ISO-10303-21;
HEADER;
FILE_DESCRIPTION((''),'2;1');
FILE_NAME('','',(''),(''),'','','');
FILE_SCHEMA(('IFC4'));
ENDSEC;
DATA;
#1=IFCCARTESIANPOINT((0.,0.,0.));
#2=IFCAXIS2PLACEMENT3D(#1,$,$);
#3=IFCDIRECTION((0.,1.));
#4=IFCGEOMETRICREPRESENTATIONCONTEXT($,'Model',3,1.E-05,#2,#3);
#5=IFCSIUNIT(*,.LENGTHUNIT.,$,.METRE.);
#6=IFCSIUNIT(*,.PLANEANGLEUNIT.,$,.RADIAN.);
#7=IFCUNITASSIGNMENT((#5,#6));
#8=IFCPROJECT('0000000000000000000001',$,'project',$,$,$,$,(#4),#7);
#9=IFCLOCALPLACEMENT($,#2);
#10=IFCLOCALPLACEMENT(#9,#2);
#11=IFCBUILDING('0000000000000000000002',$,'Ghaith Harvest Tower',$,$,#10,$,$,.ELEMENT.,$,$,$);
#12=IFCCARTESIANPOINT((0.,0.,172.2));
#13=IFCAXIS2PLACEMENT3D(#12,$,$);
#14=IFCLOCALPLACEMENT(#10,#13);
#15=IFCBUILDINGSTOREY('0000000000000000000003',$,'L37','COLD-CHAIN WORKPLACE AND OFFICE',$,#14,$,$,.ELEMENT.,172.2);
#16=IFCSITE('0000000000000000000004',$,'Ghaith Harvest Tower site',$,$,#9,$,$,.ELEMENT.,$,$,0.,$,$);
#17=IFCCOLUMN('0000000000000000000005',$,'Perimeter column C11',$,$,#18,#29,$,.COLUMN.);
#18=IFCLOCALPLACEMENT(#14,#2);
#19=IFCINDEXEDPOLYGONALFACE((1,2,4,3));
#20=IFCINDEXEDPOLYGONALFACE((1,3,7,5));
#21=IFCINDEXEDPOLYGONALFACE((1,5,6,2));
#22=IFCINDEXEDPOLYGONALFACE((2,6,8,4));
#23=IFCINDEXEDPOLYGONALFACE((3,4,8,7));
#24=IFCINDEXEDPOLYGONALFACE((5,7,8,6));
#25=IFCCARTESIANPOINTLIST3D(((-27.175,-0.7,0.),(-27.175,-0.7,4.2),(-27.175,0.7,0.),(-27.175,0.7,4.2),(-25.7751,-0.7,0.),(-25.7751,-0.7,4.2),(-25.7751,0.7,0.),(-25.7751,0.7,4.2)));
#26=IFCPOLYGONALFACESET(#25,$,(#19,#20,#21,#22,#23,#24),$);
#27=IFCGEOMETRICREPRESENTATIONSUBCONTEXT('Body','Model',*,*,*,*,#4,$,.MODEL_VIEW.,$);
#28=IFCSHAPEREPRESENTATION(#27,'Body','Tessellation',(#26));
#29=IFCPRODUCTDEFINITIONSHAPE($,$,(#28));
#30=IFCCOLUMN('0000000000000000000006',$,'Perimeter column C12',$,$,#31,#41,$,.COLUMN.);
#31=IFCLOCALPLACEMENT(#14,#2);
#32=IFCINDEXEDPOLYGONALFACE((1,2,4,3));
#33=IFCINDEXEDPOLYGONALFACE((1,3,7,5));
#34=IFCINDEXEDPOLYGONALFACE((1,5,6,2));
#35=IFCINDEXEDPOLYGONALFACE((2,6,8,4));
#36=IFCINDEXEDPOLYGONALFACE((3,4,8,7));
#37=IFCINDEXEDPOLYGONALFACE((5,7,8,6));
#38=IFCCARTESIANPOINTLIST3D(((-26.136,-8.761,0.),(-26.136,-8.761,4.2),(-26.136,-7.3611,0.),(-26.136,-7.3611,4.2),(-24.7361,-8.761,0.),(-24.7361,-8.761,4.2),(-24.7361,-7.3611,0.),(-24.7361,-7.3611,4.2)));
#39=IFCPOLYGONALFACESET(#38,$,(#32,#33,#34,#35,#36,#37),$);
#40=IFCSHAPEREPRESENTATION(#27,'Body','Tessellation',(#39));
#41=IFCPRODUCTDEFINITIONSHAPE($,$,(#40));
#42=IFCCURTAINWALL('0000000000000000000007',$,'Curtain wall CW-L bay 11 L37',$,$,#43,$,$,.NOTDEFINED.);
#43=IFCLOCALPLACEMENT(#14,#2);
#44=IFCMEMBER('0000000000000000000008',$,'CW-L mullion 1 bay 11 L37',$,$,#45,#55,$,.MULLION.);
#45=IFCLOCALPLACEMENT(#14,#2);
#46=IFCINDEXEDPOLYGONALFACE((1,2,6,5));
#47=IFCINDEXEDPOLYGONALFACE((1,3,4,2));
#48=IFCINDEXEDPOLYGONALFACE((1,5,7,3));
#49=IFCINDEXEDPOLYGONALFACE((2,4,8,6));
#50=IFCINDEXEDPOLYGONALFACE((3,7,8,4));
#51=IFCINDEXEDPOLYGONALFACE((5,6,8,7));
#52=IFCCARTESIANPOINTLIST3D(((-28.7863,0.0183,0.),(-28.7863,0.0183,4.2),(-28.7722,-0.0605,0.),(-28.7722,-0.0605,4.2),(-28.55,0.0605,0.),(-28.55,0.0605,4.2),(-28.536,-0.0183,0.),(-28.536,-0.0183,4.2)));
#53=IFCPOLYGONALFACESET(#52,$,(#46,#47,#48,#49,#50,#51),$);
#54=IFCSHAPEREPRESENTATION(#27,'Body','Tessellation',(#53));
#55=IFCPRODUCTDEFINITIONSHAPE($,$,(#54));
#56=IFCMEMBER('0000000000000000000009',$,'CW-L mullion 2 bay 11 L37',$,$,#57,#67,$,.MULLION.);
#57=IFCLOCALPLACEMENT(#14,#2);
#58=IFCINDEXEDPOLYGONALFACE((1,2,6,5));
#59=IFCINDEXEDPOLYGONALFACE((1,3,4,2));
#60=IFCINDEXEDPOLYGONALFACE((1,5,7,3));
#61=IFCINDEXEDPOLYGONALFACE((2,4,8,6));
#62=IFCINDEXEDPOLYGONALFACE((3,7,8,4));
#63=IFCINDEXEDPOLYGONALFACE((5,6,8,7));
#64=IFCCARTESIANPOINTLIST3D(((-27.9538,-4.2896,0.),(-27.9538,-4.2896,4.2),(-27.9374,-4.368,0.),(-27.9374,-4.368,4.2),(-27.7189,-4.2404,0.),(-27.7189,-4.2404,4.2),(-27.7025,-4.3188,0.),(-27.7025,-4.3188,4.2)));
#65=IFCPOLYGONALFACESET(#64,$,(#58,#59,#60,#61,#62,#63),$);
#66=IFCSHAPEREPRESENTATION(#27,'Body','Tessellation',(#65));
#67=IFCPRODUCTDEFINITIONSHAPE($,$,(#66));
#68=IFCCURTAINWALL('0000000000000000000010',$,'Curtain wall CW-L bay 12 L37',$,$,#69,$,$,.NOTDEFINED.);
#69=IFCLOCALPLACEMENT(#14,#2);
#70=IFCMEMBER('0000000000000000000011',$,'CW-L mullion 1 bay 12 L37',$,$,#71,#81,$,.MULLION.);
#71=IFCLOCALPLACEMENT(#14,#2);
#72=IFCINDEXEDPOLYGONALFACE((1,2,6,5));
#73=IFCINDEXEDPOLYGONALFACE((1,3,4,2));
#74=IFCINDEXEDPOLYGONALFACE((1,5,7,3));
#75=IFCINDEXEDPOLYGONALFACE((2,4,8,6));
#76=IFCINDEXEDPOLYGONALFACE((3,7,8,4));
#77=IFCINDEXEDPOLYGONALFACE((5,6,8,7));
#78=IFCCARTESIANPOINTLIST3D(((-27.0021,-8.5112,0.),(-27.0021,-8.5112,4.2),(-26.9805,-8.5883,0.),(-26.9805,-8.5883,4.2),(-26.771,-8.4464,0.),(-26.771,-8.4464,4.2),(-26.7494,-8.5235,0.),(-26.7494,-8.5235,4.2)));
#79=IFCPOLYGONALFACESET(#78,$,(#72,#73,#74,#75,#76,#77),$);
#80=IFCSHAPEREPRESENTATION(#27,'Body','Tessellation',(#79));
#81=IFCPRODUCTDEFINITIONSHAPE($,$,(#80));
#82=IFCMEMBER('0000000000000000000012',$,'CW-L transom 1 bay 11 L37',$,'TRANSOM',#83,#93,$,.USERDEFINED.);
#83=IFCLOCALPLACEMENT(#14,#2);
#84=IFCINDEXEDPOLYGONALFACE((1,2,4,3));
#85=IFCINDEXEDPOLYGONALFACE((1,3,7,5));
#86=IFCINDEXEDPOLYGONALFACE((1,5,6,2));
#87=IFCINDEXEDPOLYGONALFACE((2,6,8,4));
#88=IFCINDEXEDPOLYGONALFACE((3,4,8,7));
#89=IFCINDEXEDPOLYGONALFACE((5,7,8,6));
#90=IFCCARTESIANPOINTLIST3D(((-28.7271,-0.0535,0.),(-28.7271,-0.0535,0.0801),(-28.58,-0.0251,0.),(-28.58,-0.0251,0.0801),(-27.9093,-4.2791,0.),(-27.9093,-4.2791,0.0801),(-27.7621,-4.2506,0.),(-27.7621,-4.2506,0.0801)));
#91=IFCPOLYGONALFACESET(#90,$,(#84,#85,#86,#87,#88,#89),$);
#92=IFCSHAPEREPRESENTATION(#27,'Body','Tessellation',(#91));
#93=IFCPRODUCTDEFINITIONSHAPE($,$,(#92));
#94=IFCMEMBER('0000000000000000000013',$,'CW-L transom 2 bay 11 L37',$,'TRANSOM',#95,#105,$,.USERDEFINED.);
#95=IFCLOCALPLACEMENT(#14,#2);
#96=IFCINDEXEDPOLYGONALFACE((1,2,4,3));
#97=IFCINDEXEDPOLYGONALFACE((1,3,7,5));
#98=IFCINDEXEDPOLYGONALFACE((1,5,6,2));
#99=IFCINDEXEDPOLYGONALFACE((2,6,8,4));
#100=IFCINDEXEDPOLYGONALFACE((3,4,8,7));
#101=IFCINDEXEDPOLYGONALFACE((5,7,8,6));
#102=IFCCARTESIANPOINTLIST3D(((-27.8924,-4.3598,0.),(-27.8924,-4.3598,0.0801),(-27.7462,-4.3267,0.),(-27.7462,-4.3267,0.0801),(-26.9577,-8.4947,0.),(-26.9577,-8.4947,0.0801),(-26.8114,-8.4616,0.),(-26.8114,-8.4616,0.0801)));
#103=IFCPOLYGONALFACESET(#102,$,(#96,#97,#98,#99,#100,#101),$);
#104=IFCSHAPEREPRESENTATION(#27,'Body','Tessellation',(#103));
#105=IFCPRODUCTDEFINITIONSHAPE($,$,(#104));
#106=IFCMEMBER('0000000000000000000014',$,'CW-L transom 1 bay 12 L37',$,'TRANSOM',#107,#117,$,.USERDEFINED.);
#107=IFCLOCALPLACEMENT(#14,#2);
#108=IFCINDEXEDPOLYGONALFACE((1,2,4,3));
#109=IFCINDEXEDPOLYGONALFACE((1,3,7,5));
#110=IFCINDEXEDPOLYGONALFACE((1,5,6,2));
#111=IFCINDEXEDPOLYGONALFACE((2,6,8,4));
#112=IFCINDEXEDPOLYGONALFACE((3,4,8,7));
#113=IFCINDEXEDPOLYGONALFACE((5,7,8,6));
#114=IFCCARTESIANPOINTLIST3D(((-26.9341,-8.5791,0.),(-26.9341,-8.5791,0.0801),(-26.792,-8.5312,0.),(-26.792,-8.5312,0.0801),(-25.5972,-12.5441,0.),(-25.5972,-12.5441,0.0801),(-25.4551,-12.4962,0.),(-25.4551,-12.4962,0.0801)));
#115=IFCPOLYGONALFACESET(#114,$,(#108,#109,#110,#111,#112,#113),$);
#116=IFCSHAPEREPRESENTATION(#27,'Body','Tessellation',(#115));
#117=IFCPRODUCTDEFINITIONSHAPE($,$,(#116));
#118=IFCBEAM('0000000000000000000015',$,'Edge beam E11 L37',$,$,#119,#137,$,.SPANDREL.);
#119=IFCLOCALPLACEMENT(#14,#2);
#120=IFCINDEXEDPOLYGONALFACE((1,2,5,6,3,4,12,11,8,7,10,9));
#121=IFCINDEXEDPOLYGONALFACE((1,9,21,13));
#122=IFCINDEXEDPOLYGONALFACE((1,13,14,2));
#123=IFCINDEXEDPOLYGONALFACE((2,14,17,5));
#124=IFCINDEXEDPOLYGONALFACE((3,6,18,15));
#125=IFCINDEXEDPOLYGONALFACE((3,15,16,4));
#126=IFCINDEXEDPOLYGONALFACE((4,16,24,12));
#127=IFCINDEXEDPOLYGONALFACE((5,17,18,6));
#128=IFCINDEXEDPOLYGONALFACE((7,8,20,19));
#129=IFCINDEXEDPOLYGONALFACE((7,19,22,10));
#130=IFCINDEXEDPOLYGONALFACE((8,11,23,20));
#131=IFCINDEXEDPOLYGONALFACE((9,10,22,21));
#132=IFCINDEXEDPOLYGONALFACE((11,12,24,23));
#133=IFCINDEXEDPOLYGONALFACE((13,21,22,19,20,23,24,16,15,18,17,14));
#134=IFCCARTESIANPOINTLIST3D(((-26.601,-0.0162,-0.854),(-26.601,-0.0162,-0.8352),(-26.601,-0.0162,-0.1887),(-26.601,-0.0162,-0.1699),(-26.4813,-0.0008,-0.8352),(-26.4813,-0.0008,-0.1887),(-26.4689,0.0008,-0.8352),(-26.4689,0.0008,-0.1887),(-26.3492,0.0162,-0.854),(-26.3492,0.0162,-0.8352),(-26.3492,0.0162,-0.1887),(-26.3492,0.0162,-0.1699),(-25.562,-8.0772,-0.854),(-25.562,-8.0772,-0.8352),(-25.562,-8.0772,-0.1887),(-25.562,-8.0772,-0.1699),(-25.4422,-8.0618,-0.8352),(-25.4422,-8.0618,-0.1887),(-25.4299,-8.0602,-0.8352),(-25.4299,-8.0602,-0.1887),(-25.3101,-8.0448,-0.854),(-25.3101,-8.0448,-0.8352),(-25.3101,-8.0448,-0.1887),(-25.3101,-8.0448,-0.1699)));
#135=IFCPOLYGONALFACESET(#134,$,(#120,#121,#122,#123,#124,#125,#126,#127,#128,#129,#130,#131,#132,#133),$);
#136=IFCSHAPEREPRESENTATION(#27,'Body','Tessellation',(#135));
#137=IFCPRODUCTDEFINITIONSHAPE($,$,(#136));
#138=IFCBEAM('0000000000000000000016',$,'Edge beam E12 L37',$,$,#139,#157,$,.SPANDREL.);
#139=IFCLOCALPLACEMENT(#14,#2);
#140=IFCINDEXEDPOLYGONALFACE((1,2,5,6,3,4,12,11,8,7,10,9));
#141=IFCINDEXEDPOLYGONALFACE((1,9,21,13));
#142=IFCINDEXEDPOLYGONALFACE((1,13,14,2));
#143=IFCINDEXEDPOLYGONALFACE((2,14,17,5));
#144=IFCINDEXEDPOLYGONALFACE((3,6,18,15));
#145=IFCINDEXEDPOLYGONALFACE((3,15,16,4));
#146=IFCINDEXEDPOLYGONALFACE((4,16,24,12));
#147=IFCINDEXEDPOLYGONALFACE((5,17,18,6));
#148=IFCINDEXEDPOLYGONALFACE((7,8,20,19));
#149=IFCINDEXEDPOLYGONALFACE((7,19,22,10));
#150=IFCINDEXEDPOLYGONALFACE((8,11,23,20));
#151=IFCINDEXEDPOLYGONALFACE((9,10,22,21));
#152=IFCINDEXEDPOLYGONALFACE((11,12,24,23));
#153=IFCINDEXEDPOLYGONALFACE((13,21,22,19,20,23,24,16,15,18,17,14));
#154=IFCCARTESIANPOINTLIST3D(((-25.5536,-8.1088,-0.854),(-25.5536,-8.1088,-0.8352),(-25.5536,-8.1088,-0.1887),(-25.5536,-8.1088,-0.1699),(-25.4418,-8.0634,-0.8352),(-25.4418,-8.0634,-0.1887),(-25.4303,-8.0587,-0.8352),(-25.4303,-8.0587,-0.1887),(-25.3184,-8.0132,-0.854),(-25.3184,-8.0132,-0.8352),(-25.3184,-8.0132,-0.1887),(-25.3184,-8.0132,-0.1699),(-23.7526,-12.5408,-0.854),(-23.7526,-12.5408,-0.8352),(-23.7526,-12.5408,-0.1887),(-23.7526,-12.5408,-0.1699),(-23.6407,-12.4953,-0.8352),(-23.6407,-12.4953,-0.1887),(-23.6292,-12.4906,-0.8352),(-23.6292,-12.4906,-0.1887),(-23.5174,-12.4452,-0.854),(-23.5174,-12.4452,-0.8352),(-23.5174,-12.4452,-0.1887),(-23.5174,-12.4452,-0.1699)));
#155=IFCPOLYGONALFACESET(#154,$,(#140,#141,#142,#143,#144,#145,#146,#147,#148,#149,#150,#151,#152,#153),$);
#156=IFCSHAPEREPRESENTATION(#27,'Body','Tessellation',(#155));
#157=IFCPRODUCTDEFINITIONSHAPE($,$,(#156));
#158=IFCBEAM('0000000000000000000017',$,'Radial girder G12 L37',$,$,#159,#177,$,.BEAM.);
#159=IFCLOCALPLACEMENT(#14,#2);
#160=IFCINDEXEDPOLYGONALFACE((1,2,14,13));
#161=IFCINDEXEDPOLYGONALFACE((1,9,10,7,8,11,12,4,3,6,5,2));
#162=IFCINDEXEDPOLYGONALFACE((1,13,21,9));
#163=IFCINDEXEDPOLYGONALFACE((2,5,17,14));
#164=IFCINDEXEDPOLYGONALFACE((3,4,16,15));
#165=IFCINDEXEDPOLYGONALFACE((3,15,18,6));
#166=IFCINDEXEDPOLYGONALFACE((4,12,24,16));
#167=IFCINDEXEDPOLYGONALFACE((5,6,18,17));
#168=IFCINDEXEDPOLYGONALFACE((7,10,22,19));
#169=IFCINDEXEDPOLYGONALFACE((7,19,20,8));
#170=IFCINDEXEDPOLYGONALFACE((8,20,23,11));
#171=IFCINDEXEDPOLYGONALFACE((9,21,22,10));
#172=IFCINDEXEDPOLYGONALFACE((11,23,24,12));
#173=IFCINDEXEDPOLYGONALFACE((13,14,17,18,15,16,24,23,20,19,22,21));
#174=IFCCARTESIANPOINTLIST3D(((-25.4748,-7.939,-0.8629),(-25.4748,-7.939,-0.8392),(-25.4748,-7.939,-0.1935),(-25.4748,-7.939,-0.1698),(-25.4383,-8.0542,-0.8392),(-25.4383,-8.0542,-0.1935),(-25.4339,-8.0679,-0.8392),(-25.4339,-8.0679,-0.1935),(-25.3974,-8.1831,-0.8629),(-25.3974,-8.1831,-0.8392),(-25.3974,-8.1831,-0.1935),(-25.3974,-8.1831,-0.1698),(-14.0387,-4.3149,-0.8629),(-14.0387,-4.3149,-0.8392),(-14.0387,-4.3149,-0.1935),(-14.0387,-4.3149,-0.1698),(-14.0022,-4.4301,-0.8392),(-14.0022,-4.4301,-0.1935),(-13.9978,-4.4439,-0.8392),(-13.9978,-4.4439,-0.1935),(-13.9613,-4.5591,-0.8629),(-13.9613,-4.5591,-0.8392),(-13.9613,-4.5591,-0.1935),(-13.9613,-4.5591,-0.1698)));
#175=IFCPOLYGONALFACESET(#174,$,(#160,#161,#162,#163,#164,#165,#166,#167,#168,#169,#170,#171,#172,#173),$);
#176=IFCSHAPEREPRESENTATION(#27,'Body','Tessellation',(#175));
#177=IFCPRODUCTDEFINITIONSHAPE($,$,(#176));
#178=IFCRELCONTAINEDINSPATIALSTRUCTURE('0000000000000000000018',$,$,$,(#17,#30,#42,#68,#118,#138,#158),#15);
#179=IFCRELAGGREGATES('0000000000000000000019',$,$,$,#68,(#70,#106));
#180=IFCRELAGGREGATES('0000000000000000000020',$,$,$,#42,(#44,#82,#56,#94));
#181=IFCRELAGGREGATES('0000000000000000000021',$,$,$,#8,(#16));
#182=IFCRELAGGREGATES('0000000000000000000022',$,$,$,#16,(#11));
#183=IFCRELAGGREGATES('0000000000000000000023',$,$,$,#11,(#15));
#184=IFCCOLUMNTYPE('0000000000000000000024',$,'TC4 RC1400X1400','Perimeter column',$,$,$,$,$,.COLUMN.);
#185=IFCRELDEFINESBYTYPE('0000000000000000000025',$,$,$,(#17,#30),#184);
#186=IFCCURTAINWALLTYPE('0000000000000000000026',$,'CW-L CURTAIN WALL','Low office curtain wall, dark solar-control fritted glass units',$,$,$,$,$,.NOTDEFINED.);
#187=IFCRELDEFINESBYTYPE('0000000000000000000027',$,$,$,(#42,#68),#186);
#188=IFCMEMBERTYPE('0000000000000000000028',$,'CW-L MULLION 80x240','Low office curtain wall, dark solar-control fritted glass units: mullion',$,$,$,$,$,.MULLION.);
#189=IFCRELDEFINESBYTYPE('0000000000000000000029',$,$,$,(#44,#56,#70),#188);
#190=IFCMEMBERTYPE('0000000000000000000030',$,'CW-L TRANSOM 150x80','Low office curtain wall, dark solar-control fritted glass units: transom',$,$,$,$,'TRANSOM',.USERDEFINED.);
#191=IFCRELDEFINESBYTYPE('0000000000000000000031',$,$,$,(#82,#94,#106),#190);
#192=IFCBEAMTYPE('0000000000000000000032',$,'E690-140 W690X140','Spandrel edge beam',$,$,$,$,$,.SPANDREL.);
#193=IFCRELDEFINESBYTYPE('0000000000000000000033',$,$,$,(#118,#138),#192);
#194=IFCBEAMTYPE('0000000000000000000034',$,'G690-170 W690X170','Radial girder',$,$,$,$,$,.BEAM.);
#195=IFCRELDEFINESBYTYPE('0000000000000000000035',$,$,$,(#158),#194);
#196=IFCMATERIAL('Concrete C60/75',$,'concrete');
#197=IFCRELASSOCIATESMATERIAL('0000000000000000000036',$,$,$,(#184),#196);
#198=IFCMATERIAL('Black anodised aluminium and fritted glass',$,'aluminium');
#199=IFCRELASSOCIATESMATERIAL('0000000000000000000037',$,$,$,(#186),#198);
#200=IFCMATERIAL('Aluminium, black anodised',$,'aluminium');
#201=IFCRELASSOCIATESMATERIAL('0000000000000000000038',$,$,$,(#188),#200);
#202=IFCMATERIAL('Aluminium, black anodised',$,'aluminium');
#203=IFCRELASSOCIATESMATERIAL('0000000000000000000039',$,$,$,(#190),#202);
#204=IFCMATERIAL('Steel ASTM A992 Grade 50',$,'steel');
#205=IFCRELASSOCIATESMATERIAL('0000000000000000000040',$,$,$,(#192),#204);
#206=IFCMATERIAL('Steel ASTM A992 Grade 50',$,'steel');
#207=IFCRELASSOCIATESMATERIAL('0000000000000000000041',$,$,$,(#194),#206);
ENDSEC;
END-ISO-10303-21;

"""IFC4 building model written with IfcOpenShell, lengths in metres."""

from ifc_helpers import new_model, si_unit, direction, frame, origin, origin_2d, place, context, subcontext, project, spatial, rectangle, i_section, extrude, material, material_profile, profile_set, type_object, element, aggregate, save


model = new_model("IFC4")

# Units and contexts
model_context = context("Model", 3, precision=1e-05, world=origin(), true_north=direction((0.0, 1.0)))
body_context = subcontext(model_context, "Body", "Model", "MODEL_VIEW")
ifc_project = project(units=[si_unit("LENGTHUNIT", "METRE"), si_unit("PLANEANGLEUNIT", "RADIAN")], contexts=[model_context])

# Site, building, storey
site_placement = place(None, origin())
site = spatial("IfcSite", under=ifc_project, at=site_placement, Name="Ghaith Harvest Tower site", CompositionType="ELEMENT", RefElevation=0.0)
building_placement = place(site_placement, origin())
building = spatial("IfcBuilding", under=site, at=building_placement, Name="Ghaith Harvest Tower", CompositionType="ELEMENT")
storey_placement = place(building_placement, frame((0.0, 0.0, 172.2)))
storey = spatial("IfcBuildingStorey", under=building, at=storey_placement, Name="L37", Description="COLD-CHAIN WORKPLACE AND OFFICE", CompositionType="ELEMENT", Elevation=172.2)

# Columns
ifc_material_1 = material(Name="Concrete C60/75", Category="concrete")
ifc_material_profile_1 = material_profile(ifc_material_1, rectangle(XDim=1.3999, YDim=1.3999, at=origin_2d()), Name="RC1400X1400")
ifc_profile_set_1 = profile_set([ifc_material_profile_1], Name="Concrete C60/75")
column_type = type_object("IfcColumnType", Name="TC4 RC1400X1400", Description="Perimeter column", PredefinedType="COLUMN", material=ifc_profile_set_1)
for number, where, z_axis, x_axis, name in (
    (1, (-26.4751, 0.0, 0.0), (0.0, 0.0, 1.0), (1.0, 0.0, 0.0), "Perimeter column C11"),
    (2, (-25.436, -8.061, 0.0), (0.0, 0.0, 1.0), (1.0, 0.0, 0.0), "Perimeter column C12"),
):
    element("IfcColumn", number, at=place(storey_placement, frame(where, z_axis=z_axis, x_axis=x_axis)), inside=storey, type_object=column_type, Name=name, PredefinedType="COLUMN", context=body_context, shape_type="SweptSolid", body=[
        extrude(rectangle(XDim=1.3999, YDim=1.3999, at=origin_2d()), origin(), (0.0, 0.0, 1.0), 4.2),
    ])

# Curtain wall, members
ifc_material_2 = material(Name="Black anodised aluminium and fritted glass", Category="aluminium")
curtain_wall_type = type_object("IfcCurtainWallType", Name="CW-L CURTAIN WALL", Description="Low office curtain wall, dark solar-control fritted glass units", PredefinedType="NOTDEFINED", material=ifc_material_2)
curtain_wall_1_placement = place(storey_placement, origin())
curtain_wall_1 = element("IfcCurtainWall", 3, at=curtain_wall_1_placement, inside=storey, type_object=curtain_wall_type, Name="Curtain wall CW-L bay 11 L37", PredefinedType="NOTDEFINED")
ifc_material_3 = material(Name="Aluminium, black anodised", Category="aluminium")
ifc_material_profile_2 = material_profile(ifc_material_3, rectangle(XDim=0.0801, YDim=0.24, at=origin_2d()), Name="CW-L MULLION 80x240")
ifc_profile_set_2 = profile_set([ifc_material_profile_2], Name="Aluminium, black anodised")
member_type_1 = type_object("IfcMemberType", Name="CW-L MULLION 80x240", Description="Low office curtain wall, dark solar-control fritted glass units: mullion", PredefinedType="MULLION", material=ifc_profile_set_2)
member_1_placement = place(storey_placement, frame((-28.6611, 0.0, 0.0), z_axis=(0.0, 0.0, 1.0), x_axis=(0.175827, -0.984421, 0.0)))
member_1 = element("IfcMember", 4, at=member_1_placement, type_object=member_type_1, Name="CW-L mullion 1 bay 11 L37", PredefinedType="MULLION", context=body_context, shape_type="SweptSolid", body=[
    extrude(rectangle(XDim=0.0801, YDim=0.24, at=origin_2d()), origin(), (0.0, 0.0, 1.0), 4.2),
])
member_2_placement = place(storey_placement, frame((-27.8281, -4.3042, 0.0), z_axis=(0.0, 0.0, 1.0), x_axis=(0.205176, -0.978725, 0.0)))
member_2 = element("IfcMember", 5, at=member_2_placement, type_object=member_type_1, Name="CW-L mullion 2 bay 11 L37", PredefinedType="MULLION", context=body_context, shape_type="SweptSolid", body=[
    extrude(rectangle(XDim=0.0801, YDim=0.24, at=origin_2d()), origin(), (0.0, 0.0, 1.0), 4.2),
])

# Curtain wall, member
curtain_wall_2_placement = place(storey_placement, origin())
curtain_wall_2 = element("IfcCurtainWall", 6, at=curtain_wall_2_placement, inside=storey, type_object=curtain_wall_type, Name="Curtain wall CW-L bay 12 L37", PredefinedType="NOTDEFINED")
member_3_placement = place(storey_placement, frame((-26.8757, -8.5173, 0.0), z_axis=(0.0, 0.0, 1.0), x_axis=(0.270019, -0.962855, 0.0)))
member_3 = element("IfcMember", 7, at=member_3_placement, type_object=member_type_1, Name="CW-L mullion 1 bay 12 L37", PredefinedType="MULLION", context=body_context, shape_type="SweptSolid", body=[
    extrude(rectangle(XDim=0.0801, YDim=0.24, at=origin_2d()), origin(), (0.0, 0.0, 1.0), 4.2),
])

# Members
ifc_material_4 = material(Name="Aluminium, black anodised", Category="aluminium")
ifc_material_profile_3 = material_profile(ifc_material_4, rectangle(XDim=0.1499, YDim=0.0801, at=origin_2d()), Name="CW-L TRANSOM 150x80")
ifc_profile_set_3 = profile_set([ifc_material_profile_3], Name="Aluminium, black anodised")
member_type_2 = type_object("IfcMemberType", Name="CW-L TRANSOM 150x80", Description="Low office curtain wall, dark solar-control fritted glass units: transom", ElementType="TRANSOM", PredefinedType="USERDEFINED", material=ifc_profile_set_3)
member_4_placement = place(storey_placement, frame((-28.6536, -0.0393, 0.04), z_axis=(0.190025, -0.981779, 0.0), x_axis=(0.981779, 0.190025, 0.0)))
member_4 = element("IfcMember", 8, at=member_4_placement, type_object=member_type_2, Name="CW-L transom 1 bay 11 L37", ObjectType="TRANSOM", PredefinedType="USERDEFINED", context=body_context, shape_type="SweptSolid", body=[
    extrude(rectangle(XDim=0.1499, YDim=0.0801, at=origin_2d()), origin(), (0.0, 0.0, 1.0), 4.304),
])
member_5_placement = place(storey_placement, frame((-27.8193, -4.3433, 0.04), z_axis=(0.220508, -0.975385, 0.0), x_axis=(0.975385, 0.220508, 0.0)))
member_5 = element("IfcMember", 9, at=member_5_placement, type_object=member_type_2, Name="CW-L transom 2 bay 11 L37", ObjectType="TRANSOM", PredefinedType="USERDEFINED", context=body_context, shape_type="SweptSolid", body=[
    extrude(rectangle(XDim=0.1499, YDim=0.0801, at=origin_2d()), origin(), (0.0, 0.0, 1.0), 4.2393),
])
member_6_placement = place(storey_placement, frame((-26.863, -8.5552, 0.04), z_axis=(0.319499, -0.947587, 0.0), x_axis=(0.947587, 0.319499, 0.0)))
member_6 = element("IfcMember", 10, at=member_6_placement, type_object=member_type_2, Name="CW-L transom 1 bay 12 L37", ObjectType="TRANSOM", PredefinedType="USERDEFINED", context=body_context, shape_type="SweptSolid", body=[
    extrude(rectangle(XDim=0.1499, YDim=0.0801, at=origin_2d()), origin(), (0.0, 0.0, 1.0), 4.1843),
])
aggregate(curtain_wall_2, [member_3, member_6])

# Beams
ifc_material_5 = material(Name="Steel ASTM A992 Grade 50", Category="steel")
ifc_material_profile_4 = material_profile(ifc_material_5, i_section(OverallWidth=0.2539, OverallDepth=0.6841, WebThickness=0.0125, FlangeThickness=0.0188, at=origin_2d()), Name="W690X140")
ifc_profile_set_4 = profile_set([ifc_material_profile_4], Name="Steel ASTM A992 Grade 50")
beam_type_1 = type_object("IfcBeamType", Name="E690-140 W690X140", Description="Spandrel edge beam", PredefinedType="SPANDREL", material=ifc_profile_set_4)
beam_1_placement = place(storey_placement, frame((-26.4751, 0.0, -0.512), z_axis=(0.127842, -0.991795, 0.0), x_axis=(0.991795, 0.127842, 0.0)))
element("IfcBeam", 11, at=beam_1_placement, inside=storey, type_object=beam_type_1, Name="Edge beam E11 L37", PredefinedType="SPANDREL", context=body_context, shape_type="SweptSolid", body=[
    extrude(i_section(OverallWidth=0.2539, OverallDepth=0.6841, WebThickness=0.0125, FlangeThickness=0.0188, at=origin_2d()), origin(), (0.0, 0.0, 1.0), 8.1277),
])
beam_2_placement = place(storey_placement, frame((-25.436, -8.061, -0.512), z_axis=(0.37648, -0.926425, 0.0), x_axis=(0.926425, 0.37648, 0.0)))
element("IfcBeam", 12, at=beam_2_placement, inside=storey, type_object=beam_type_1, Name="Edge beam E12 L37", PredefinedType="SPANDREL", context=body_context, shape_type="SweptSolid", body=[
    extrude(i_section(OverallWidth=0.2539, OverallDepth=0.6841, WebThickness=0.0125, FlangeThickness=0.0188, at=origin_2d()), origin(), (0.0, 0.0, 1.0), 4.7839),
])
ifc_material_6 = material(Name="Steel ASTM A992 Grade 50", Category="steel")
ifc_material_profile_5 = material_profile(ifc_material_6, i_section(OverallWidth=0.2561, OverallDepth=0.6931, WebThickness=0.0144, FlangeThickness=0.0237, at=origin_2d()), Name="W690X170")
ifc_profile_set_5 = profile_set([ifc_material_profile_5], Name="Steel ASTM A992 Grade 50")
beam_type_2 = type_object("IfcBeamType", Name="G690-170 W690X170", Description="Radial girder", PredefinedType="BEAM", material=ifc_profile_set_5)
beam_3_placement = place(storey_placement, frame((-14.0, -4.437, -0.5164), z_axis=(-0.95328, -0.30209, 0.0), x_axis=(0.30209, -0.95328, 0.0)))
element("IfcBeam", 13, at=beam_3_placement, inside=storey, type_object=beam_type_2, Name="Radial girder G12 L37", PredefinedType="BEAM", context=body_context, shape_type="SweptSolid", body=[
    extrude(i_section(OverallWidth=0.2561, OverallDepth=0.6931, WebThickness=0.0144, FlangeThickness=0.0237, at=origin_2d()), origin(), (0.0, 0.0, 1.0), 11.9966),
])

aggregate(curtain_wall_1, [member_1, member_4, member_2, member_5])

save(model, "model.ifc")
